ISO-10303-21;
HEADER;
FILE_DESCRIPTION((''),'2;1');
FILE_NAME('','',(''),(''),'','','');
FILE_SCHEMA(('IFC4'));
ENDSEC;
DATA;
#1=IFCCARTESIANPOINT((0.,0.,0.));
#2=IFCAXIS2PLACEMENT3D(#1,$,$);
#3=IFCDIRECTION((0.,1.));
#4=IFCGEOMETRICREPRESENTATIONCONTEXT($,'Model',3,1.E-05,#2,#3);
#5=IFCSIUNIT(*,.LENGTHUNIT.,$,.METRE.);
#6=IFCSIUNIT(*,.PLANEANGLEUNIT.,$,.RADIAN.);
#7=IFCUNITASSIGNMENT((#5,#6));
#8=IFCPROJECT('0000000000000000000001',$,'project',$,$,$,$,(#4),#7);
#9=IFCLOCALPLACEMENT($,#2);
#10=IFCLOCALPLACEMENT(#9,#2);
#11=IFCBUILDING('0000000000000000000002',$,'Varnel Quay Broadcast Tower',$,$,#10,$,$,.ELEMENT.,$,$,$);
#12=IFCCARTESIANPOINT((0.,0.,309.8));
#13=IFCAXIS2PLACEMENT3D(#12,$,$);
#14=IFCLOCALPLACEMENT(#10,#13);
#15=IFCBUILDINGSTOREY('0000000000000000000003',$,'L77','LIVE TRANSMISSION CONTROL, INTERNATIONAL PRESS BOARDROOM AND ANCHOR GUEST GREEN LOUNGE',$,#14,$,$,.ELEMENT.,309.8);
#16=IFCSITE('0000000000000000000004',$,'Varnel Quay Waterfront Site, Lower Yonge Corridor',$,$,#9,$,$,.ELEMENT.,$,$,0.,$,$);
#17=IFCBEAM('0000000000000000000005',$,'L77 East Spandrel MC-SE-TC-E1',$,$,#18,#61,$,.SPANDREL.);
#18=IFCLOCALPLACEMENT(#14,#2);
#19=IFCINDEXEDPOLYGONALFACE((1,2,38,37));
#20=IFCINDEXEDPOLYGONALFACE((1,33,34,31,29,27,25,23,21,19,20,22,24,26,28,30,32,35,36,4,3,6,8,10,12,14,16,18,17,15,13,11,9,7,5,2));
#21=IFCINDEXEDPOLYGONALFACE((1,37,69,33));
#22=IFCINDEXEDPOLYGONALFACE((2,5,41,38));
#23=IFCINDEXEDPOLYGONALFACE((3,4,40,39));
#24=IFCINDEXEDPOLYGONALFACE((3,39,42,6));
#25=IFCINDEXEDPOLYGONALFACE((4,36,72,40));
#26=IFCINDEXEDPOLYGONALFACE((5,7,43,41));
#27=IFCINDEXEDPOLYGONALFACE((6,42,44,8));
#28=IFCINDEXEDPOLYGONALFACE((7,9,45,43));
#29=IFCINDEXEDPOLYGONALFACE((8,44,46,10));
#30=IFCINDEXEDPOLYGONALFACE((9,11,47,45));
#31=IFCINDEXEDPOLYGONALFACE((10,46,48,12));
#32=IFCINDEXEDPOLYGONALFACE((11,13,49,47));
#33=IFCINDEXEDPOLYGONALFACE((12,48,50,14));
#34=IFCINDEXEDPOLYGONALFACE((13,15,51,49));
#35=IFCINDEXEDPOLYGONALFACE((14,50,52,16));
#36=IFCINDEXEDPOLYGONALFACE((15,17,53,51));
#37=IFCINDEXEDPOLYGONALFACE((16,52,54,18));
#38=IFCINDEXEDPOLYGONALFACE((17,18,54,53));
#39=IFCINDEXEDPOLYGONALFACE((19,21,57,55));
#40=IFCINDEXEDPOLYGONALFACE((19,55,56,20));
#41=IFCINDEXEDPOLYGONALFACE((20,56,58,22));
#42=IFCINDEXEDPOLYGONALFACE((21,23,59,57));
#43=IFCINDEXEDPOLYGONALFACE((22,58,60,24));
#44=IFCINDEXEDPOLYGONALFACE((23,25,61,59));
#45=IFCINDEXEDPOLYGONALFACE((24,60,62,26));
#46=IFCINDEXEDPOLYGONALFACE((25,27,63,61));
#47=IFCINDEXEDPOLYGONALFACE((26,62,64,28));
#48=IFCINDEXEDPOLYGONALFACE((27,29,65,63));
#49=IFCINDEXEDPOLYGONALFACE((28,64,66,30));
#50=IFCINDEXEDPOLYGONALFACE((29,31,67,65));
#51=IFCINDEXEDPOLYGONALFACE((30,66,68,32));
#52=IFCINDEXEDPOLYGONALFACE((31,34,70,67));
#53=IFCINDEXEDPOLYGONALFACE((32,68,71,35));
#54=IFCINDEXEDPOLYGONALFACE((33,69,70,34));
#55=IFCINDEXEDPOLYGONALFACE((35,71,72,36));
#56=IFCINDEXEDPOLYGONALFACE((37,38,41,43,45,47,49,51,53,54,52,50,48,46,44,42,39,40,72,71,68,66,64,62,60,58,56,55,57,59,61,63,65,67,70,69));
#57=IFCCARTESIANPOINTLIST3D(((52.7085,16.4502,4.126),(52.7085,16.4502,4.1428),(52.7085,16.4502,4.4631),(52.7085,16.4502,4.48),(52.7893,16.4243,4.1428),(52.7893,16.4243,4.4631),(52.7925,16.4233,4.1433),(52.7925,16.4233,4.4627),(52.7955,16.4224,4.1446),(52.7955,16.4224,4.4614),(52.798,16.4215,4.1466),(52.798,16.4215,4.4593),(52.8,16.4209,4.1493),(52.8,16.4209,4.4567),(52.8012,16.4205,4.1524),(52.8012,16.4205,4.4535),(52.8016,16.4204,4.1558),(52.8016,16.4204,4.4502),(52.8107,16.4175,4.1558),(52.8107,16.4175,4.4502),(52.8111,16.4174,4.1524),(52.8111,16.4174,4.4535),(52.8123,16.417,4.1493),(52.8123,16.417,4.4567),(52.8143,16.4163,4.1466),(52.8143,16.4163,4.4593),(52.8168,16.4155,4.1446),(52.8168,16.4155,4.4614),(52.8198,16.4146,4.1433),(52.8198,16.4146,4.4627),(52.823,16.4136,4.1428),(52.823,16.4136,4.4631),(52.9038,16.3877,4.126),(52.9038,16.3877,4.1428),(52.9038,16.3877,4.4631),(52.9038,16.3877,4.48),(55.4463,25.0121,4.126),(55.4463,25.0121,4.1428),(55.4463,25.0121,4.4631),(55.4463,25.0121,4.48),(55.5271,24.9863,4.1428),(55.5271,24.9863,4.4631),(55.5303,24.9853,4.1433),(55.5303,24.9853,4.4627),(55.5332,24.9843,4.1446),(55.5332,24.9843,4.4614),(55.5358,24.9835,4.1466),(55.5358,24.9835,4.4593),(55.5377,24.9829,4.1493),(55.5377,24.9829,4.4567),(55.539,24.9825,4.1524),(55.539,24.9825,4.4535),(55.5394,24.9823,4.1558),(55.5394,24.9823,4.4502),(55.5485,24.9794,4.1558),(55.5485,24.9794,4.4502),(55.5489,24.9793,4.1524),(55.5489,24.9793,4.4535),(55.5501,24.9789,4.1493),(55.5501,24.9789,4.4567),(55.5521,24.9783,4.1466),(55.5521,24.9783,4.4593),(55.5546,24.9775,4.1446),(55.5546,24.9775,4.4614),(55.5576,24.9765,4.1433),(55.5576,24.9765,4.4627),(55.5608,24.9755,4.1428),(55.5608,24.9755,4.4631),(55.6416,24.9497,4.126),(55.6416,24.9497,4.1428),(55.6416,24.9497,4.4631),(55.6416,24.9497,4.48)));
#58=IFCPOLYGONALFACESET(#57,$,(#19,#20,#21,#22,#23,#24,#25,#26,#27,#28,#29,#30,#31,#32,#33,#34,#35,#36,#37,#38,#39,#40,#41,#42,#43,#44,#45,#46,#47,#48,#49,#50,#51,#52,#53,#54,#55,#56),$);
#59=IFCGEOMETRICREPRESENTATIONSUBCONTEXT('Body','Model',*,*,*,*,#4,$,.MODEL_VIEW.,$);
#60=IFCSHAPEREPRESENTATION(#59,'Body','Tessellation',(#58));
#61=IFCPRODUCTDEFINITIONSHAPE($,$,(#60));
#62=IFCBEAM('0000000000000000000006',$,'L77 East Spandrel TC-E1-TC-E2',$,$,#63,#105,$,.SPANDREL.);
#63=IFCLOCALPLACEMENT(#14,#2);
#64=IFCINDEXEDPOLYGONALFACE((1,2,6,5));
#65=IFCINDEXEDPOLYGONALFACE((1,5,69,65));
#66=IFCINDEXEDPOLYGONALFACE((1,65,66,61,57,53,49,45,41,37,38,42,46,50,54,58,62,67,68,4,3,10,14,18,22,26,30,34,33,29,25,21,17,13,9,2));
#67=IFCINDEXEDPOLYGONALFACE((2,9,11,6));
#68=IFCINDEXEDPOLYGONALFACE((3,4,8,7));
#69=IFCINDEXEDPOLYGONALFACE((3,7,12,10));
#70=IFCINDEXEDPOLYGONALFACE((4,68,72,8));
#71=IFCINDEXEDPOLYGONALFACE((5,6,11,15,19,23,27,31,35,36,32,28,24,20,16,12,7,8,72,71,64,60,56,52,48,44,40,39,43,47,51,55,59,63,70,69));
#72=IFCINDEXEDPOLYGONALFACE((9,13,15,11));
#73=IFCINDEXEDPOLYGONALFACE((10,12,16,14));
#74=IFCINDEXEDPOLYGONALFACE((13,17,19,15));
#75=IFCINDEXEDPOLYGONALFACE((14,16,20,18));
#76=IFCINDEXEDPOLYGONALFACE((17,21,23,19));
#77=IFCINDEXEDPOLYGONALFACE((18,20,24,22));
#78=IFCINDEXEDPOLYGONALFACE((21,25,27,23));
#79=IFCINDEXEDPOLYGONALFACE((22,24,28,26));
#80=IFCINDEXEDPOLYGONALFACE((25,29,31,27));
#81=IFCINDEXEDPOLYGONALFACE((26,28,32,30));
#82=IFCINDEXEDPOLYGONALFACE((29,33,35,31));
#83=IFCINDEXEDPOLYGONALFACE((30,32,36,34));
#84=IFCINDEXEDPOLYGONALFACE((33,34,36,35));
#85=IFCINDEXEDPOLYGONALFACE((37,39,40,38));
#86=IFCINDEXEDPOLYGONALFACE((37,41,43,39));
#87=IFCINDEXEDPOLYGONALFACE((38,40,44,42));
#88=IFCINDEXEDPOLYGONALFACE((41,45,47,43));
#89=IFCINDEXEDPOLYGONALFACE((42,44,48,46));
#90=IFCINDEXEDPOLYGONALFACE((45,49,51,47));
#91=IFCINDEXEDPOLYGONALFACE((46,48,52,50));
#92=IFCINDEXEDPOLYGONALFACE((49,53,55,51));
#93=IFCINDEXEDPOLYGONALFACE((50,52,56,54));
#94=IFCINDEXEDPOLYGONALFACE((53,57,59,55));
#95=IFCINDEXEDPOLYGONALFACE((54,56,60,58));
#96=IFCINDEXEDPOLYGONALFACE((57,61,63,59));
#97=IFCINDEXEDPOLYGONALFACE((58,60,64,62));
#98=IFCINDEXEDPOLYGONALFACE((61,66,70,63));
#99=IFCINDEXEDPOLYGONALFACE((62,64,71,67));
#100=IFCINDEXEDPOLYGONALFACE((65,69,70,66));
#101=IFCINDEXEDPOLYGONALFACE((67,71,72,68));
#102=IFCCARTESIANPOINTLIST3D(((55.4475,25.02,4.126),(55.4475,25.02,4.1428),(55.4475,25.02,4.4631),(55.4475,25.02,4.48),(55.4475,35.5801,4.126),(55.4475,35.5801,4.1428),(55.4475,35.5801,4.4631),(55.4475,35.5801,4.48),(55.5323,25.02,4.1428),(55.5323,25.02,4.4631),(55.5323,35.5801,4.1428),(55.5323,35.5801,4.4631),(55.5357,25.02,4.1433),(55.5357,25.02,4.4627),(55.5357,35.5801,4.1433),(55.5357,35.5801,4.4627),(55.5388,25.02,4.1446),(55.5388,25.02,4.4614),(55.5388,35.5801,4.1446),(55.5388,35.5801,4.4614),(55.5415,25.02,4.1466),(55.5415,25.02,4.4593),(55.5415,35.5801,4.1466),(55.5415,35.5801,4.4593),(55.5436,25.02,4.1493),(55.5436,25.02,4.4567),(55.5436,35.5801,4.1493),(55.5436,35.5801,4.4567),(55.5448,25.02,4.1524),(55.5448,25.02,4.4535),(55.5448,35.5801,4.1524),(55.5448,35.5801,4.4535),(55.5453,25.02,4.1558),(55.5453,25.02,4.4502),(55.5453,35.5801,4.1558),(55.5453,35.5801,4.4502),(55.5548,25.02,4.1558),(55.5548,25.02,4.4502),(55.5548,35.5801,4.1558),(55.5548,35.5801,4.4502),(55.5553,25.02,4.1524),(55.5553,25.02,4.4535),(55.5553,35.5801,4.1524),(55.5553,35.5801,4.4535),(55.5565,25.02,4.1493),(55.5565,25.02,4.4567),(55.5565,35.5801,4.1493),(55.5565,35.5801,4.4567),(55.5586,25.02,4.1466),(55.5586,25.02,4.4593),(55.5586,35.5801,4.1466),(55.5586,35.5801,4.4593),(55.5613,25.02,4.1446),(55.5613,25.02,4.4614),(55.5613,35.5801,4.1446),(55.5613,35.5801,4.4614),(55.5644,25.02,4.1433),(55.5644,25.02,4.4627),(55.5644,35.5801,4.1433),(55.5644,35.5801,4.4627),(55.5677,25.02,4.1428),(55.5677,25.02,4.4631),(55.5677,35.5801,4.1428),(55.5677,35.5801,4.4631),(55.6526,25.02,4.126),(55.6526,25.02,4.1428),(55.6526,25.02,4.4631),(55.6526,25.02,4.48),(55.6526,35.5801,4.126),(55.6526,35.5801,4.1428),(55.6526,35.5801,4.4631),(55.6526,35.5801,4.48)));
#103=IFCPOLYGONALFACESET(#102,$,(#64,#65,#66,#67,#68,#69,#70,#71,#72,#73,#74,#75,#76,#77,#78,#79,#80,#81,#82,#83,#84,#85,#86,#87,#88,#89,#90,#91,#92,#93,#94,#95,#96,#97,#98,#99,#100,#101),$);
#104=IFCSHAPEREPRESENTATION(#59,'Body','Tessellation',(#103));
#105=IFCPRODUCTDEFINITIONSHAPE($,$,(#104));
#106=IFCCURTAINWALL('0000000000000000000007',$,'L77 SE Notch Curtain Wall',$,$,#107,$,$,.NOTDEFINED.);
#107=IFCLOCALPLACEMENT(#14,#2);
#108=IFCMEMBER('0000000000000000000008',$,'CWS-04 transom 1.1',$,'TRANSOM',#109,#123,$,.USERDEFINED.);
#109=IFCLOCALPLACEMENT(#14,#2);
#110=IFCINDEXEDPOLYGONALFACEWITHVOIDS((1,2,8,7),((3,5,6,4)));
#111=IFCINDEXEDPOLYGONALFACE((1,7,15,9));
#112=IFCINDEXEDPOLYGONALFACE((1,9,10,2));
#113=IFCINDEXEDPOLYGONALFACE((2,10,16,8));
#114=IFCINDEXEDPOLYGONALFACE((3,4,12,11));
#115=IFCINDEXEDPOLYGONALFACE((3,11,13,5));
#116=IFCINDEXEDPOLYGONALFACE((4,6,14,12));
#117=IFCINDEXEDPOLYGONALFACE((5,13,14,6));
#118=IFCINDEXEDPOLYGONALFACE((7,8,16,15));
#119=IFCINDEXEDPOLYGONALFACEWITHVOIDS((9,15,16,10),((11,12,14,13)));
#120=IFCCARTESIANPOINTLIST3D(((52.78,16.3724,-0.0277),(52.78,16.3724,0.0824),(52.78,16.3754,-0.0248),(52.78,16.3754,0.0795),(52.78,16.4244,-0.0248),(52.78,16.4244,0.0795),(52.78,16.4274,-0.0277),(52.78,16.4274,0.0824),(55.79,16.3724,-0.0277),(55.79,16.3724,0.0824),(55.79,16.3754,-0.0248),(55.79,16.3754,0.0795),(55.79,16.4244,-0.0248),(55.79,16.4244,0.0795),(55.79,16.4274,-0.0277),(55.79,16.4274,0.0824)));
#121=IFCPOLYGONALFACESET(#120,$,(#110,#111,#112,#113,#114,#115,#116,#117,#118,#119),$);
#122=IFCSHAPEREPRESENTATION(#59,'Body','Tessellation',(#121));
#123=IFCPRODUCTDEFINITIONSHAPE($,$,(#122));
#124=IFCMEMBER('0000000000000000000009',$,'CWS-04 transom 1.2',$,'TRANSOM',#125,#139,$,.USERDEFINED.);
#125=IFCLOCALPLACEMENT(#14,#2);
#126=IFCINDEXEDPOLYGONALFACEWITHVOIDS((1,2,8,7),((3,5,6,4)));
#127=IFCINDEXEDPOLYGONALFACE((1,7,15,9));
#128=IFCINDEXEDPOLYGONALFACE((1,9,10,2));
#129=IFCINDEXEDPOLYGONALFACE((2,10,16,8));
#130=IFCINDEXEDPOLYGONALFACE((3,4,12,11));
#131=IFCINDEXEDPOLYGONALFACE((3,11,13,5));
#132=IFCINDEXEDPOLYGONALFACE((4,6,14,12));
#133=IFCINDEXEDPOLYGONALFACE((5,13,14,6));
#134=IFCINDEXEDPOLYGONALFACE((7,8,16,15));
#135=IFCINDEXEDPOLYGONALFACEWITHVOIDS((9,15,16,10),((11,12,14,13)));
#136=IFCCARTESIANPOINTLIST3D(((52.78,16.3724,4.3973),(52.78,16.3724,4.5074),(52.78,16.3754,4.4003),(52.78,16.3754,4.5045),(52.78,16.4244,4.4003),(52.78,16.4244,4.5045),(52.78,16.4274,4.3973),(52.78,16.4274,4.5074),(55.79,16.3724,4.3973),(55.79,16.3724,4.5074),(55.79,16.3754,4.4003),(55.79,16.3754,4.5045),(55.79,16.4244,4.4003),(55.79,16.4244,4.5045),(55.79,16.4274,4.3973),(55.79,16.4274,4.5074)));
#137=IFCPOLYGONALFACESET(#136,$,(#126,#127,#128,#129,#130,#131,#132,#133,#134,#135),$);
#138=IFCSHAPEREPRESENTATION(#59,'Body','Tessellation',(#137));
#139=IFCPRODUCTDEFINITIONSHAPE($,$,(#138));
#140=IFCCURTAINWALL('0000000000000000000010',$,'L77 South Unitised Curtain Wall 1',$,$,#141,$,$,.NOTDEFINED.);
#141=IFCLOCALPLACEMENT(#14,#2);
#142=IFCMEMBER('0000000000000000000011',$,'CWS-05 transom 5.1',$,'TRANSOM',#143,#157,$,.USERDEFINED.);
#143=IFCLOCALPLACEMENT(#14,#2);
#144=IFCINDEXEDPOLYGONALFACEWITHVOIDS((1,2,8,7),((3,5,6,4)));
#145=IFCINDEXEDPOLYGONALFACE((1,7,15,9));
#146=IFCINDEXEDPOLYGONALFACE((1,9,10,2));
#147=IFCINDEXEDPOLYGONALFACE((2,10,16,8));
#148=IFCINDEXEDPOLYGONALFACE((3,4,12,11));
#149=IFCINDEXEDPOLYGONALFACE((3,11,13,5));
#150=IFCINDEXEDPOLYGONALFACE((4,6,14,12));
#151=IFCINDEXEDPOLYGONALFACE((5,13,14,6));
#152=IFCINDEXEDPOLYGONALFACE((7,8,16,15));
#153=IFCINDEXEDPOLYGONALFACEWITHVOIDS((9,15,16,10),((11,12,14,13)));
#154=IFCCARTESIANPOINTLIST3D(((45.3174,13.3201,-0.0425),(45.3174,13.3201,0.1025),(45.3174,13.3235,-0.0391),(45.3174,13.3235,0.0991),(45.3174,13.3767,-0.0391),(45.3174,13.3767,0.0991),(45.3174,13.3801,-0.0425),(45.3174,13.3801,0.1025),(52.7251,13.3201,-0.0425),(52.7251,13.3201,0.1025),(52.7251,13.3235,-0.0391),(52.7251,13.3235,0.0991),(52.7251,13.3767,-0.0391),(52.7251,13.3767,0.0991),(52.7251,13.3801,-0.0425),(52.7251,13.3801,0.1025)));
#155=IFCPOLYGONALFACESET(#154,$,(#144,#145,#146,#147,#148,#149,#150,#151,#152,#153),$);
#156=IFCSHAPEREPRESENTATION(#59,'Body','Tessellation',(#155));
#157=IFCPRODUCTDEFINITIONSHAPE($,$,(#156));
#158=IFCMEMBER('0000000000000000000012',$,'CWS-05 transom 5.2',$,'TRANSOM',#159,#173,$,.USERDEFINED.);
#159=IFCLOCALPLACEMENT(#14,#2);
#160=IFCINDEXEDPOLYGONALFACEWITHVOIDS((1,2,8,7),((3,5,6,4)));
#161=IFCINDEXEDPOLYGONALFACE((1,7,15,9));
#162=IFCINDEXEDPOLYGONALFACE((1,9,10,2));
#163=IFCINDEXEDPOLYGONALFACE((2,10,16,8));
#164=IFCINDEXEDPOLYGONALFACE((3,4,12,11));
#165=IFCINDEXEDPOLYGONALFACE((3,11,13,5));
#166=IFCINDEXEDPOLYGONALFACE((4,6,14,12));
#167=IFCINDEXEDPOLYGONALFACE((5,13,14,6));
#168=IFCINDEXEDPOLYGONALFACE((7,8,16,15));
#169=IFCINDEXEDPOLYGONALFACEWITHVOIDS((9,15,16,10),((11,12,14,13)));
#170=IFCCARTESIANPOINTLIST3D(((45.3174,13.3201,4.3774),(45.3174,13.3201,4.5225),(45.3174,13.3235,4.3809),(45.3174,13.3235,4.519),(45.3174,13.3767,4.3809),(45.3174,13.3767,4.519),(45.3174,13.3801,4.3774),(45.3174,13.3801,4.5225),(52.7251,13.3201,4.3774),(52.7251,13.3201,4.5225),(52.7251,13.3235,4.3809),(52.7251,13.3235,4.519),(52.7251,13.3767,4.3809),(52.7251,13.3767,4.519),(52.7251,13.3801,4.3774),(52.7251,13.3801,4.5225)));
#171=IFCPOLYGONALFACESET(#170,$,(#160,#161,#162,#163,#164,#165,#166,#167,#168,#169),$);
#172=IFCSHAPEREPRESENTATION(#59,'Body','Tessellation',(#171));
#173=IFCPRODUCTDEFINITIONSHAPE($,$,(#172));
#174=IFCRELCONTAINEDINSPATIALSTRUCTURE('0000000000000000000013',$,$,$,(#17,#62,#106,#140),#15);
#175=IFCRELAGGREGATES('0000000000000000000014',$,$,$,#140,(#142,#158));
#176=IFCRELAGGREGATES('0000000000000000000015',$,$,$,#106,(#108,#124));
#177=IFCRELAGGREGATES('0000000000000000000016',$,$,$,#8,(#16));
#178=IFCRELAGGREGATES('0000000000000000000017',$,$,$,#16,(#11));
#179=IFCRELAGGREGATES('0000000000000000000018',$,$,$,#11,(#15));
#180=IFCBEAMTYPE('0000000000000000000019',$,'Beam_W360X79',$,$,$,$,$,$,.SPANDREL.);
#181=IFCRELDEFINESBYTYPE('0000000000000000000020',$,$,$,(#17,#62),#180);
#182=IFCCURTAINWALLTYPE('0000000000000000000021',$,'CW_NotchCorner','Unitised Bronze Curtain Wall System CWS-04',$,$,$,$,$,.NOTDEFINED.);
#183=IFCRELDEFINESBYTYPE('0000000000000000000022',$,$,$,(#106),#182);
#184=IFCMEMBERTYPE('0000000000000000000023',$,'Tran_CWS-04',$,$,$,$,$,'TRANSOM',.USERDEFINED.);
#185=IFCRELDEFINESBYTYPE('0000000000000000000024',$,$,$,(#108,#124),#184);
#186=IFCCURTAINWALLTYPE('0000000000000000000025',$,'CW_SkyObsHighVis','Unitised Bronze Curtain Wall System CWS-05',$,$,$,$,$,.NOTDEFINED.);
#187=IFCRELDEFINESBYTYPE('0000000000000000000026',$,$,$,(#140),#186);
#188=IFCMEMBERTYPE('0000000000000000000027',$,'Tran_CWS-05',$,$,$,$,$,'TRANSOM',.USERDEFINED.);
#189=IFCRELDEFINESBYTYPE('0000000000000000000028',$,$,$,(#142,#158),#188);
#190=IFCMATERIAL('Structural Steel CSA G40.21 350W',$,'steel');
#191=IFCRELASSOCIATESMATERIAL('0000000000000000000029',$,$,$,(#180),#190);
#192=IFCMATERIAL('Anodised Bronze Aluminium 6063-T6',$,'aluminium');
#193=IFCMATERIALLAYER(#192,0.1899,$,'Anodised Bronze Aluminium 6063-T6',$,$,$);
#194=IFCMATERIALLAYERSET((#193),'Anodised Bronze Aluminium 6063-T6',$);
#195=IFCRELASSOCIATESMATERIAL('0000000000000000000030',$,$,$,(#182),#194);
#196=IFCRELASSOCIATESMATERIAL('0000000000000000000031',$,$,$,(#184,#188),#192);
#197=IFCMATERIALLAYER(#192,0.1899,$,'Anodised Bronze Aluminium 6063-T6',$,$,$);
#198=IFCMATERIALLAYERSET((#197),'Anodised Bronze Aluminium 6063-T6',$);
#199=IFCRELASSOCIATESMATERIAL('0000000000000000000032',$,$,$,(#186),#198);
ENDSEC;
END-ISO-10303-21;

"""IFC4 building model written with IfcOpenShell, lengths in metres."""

from ifc_helpers import new_model, si_unit, direction, frame, origin, origin_2d, place, context, subcontext, project, spatial, hollow_rectangle, i_section, extrude, source, transform, mapped, material, layer, layer_set, material_profile, profile_set, type_object, type_shapes, element, aggregate, save


model = new_model("IFC4")

# Units and contexts
model_context = context("Model", 3, precision=1e-05, world=origin(), true_north=direction((0.0, 1.0)))
body_context = subcontext(model_context, "Body", "Model", "MODEL_VIEW")
ifc_project = project(units=[si_unit("LENGTHUNIT", "METRE"), si_unit("PLANEANGLEUNIT", "RADIAN")], contexts=[model_context])

# Site, building, storey
site_placement = place(None, origin())
site = spatial("IfcSite", under=ifc_project, at=site_placement, Name="Varnel Quay Waterfront Site, Lower Yonge Corridor", CompositionType="ELEMENT", RefElevation=0.0)
building_placement = place(site_placement, origin())
building = spatial("IfcBuilding", under=site, at=building_placement, Name="Varnel Quay Broadcast Tower", CompositionType="ELEMENT")
storey_placement = place(building_placement, frame((0.0, 0.0, 309.8)))
storey = spatial("IfcBuildingStorey", under=building, at=storey_placement, Name="L77", Description="LIVE TRANSMISSION CONTROL, INTERNATIONAL PRESS BOARDROOM AND ANCHOR GUEST GREEN LOUNGE", CompositionType="ELEMENT", Elevation=309.8)

# Shared definitions
ifc_material_1 = material(Name="Structural Steel CSA G40.21 350W", Category="steel")

# Beams
ifc_material_profile_1 = material_profile(ifc_material_1, i_section(OverallWidth=0.2051, OverallDepth=0.354, WebThickness=0.0095, FlangeThickness=0.0168, FilletRadius=0.0129, at=origin_2d()), Name="W360X79")
ifc_profile_set_1 = profile_set([ifc_material_profile_1], Name="Structural Steel CSA G40.21 350W")
beam_type = type_object("IfcBeamType", Name="Beam_W360X79", PredefinedType="SPANDREL", material=ifc_profile_set_1)
shared_shape_1 = source(origin(), body_context, "Body", "SweptSolid", [
    extrude(i_section(OverallWidth=0.2051, OverallDepth=0.354, WebThickness=0.0095, FlangeThickness=0.0168, FilletRadius=0.0129, at=origin_2d()), origin(), (0.0, 0.0, 1.0), 8.989),
])
beam_1_placement = place(storey_placement, frame((52.8062, 16.4189, 4.303), z_axis=(0.304569, 0.95249, 0.0), x_axis=(-0.95249, 0.304569, 0.0)))
element("IfcBeam", 1, at=beam_1_placement, inside=storey, type_object=beam_type, Name="L77 East Spandrel MC-SE-TC-E1", PredefinedType="SPANDREL", context=body_context, shape_type="MappedRepresentation", body=[
    mapped(shared_shape_1, transform((0.0, 0.0, 0.0), x_axis=(1.0, 0.0, 0.0), y_axis=(0.0, 1.0, 0.0), z_axis=(0.0, 0.0, 1.0), scale=1.0)),
])
shared_shape_2 = source(origin(), body_context, "Body", "SweptSolid", [
    extrude(i_section(OverallWidth=0.2051, OverallDepth=0.354, WebThickness=0.0095, FlangeThickness=0.0168, FilletRadius=0.0129, at=origin_2d()), origin(), (0.0, 0.0, 1.0), 10.5601),
])
beam_2_placement = place(storey_placement, frame((55.55, 25.02, 4.303), z_axis=(0.0, 1.0, 0.0), x_axis=(-1.0, 0.0, 0.0)))
element("IfcBeam", 2, at=beam_2_placement, inside=storey, type_object=beam_type, Name="L77 East Spandrel TC-E1-TC-E2", PredefinedType="SPANDREL", context=body_context, shape_type="MappedRepresentation", body=[
    mapped(shared_shape_2, transform((0.0, 0.0, 0.0), x_axis=(1.0, 0.0, 0.0), y_axis=(0.0, 1.0, 0.0), z_axis=(0.0, 0.0, 1.0), scale=1.0)),
])

# Curtain walls, members
ifc_material_2 = material(Name="Anodised Bronze Aluminium 6063-T6", Category="aluminium")
ifc_layer_1 = layer(ifc_material_2, 0.1899, Name="Anodised Bronze Aluminium 6063-T6")
ifc_layer_set_1 = layer_set([ifc_layer_1], Name="Anodised Bronze Aluminium 6063-T6")
curtain_wall_type_1 = type_object("IfcCurtainWallType", Name="CW_NotchCorner", Description="Unitised Bronze Curtain Wall System CWS-04", PredefinedType="NOTDEFINED", material=ifc_layer_set_1)
curtain_wall_1_placement = place(storey_placement, origin())
curtain_wall_1 = element("IfcCurtainWall", 3, at=curtain_wall_1_placement, inside=storey, type_object=curtain_wall_type_1, Name="L77 SE Notch Curtain Wall", PredefinedType="NOTDEFINED")
ifc_material_profile_2 = material_profile(ifc_material_2, hollow_rectangle(XDim=0.0549, YDim=0.1101, WallThickness=0.0029, at=origin_2d()), Name="ALU55X110X3")
ifc_profile_set_2 = profile_set([ifc_material_profile_2], Name="Anodised Bronze Aluminium 6063-T6")
member_type_1 = type_object("IfcMemberType", Name="Tran_CWS-04", ElementType="TRANSOM", PredefinedType="USERDEFINED", material=ifc_profile_set_2)
shared_shape_3 = source(origin(), body_context, "Body", "SweptSolid", [
    extrude(hollow_rectangle(XDim=0.0549, YDim=0.1101, WallThickness=0.0029, at=origin_2d()), origin(), (0.0, 0.0, 1.0), 3.01),
])
type_shapes(member_type_1, [shared_shape_3])
member_1_placement = place(storey_placement, frame((52.78, 16.3999, 0.0273), z_axis=(1.0, 0.0, 0.0), x_axis=(0.0, 1.0, 0.0)))
member_1 = element("IfcMember", 4, at=member_1_placement, type_object=member_type_1, Name="CWS-04 transom 1.1", ObjectType="TRANSOM", PredefinedType="USERDEFINED", context=body_context, shape_type="MappedRepresentation", body=[
    mapped(shared_shape_3, transform((0.0, 0.0, 0.0), x_axis=(1.0, 0.0, 0.0), y_axis=(0.0, 1.0, 0.0), z_axis=(0.0, 0.0, 1.0), scale=1.0)),
])
member_2_placement = place(storey_placement, frame((52.78, 16.3999, 4.4524), z_axis=(1.0, 0.0, 0.0), x_axis=(0.0, 1.0, 0.0)))
member_2 = element("IfcMember", 5, at=member_2_placement, type_object=member_type_1, Name="CWS-04 transom 1.2", ObjectType="TRANSOM", PredefinedType="USERDEFINED", context=body_context, shape_type="MappedRepresentation", body=[
    mapped(shared_shape_3, transform((0.0, 0.0, 0.0), x_axis=(1.0, 0.0, 0.0), y_axis=(0.0, 1.0, 0.0), z_axis=(0.0, 0.0, 1.0), scale=1.0)),
])
ifc_layer_2 = layer(ifc_material_2, 0.1899, Name="Anodised Bronze Aluminium 6063-T6")
ifc_layer_set_2 = layer_set([ifc_layer_2], Name="Anodised Bronze Aluminium 6063-T6")
curtain_wall_type_2 = type_object("IfcCurtainWallType", Name="CW_SkyObsHighVis", Description="Unitised Bronze Curtain Wall System CWS-05", PredefinedType="NOTDEFINED", material=ifc_layer_set_2)
curtain_wall_2_placement = place(storey_placement, origin())
curtain_wall_2 = element("IfcCurtainWall", 6, at=curtain_wall_2_placement, inside=storey, type_object=curtain_wall_type_2, Name="L77 South Unitised Curtain Wall 1", PredefinedType="NOTDEFINED")
ifc_material_profile_3 = material_profile(ifc_material_2, hollow_rectangle(XDim=0.0601, YDim=0.145, WallThickness=0.0034, at=origin_2d()), Name="ALU60X145X3.5")
ifc_profile_set_3 = profile_set([ifc_material_profile_3], Name="Anodised Bronze Aluminium 6063-T6")
member_type_2 = type_object("IfcMemberType", Name="Tran_CWS-05", ElementType="TRANSOM", PredefinedType="USERDEFINED", material=ifc_profile_set_3)
shared_shape_4 = source(origin(), body_context, "Body", "SweptSolid", [
    extrude(hollow_rectangle(XDim=0.0601, YDim=0.145, WallThickness=0.0034, at=origin_2d()), origin(), (0.0, 0.0, 1.0), 7.4077),
])
member_3_placement = place(storey_placement, frame((45.3174, 13.3501, 0.03), z_axis=(1.0, 0.0, 0.0), x_axis=(0.0, 1.0, 0.0)))
member_3 = element("IfcMember", 7, at=member_3_placement, type_object=member_type_2, Name="CWS-05 transom 5.1", ObjectType="TRANSOM", PredefinedType="USERDEFINED", context=body_context, shape_type="MappedRepresentation", body=[
    mapped(shared_shape_4, transform((0.0, 0.0, 0.0), x_axis=(1.0, 0.0, 0.0), y_axis=(0.0, 1.0, 0.0), z_axis=(0.0, 0.0, 1.0), scale=1.0)),
])
member_4_placement = place(storey_placement, frame((45.3174, 13.3501, 4.45), z_axis=(1.0, 0.0, 0.0), x_axis=(0.0, 1.0, 0.0)))
member_4 = element("IfcMember", 8, at=member_4_placement, type_object=member_type_2, Name="CWS-05 transom 5.2", ObjectType="TRANSOM", PredefinedType="USERDEFINED", context=body_context, shape_type="MappedRepresentation", body=[
    mapped(shared_shape_4, transform((0.0, 0.0, 0.0), x_axis=(1.0, 0.0, 0.0), y_axis=(0.0, 1.0, 0.0), z_axis=(0.0, 0.0, 1.0), scale=1.0)),
])

aggregate(curtain_wall_2, [member_3, member_4])
aggregate(curtain_wall_1, [member_1, member_2])

save(model, "model.ifc")
